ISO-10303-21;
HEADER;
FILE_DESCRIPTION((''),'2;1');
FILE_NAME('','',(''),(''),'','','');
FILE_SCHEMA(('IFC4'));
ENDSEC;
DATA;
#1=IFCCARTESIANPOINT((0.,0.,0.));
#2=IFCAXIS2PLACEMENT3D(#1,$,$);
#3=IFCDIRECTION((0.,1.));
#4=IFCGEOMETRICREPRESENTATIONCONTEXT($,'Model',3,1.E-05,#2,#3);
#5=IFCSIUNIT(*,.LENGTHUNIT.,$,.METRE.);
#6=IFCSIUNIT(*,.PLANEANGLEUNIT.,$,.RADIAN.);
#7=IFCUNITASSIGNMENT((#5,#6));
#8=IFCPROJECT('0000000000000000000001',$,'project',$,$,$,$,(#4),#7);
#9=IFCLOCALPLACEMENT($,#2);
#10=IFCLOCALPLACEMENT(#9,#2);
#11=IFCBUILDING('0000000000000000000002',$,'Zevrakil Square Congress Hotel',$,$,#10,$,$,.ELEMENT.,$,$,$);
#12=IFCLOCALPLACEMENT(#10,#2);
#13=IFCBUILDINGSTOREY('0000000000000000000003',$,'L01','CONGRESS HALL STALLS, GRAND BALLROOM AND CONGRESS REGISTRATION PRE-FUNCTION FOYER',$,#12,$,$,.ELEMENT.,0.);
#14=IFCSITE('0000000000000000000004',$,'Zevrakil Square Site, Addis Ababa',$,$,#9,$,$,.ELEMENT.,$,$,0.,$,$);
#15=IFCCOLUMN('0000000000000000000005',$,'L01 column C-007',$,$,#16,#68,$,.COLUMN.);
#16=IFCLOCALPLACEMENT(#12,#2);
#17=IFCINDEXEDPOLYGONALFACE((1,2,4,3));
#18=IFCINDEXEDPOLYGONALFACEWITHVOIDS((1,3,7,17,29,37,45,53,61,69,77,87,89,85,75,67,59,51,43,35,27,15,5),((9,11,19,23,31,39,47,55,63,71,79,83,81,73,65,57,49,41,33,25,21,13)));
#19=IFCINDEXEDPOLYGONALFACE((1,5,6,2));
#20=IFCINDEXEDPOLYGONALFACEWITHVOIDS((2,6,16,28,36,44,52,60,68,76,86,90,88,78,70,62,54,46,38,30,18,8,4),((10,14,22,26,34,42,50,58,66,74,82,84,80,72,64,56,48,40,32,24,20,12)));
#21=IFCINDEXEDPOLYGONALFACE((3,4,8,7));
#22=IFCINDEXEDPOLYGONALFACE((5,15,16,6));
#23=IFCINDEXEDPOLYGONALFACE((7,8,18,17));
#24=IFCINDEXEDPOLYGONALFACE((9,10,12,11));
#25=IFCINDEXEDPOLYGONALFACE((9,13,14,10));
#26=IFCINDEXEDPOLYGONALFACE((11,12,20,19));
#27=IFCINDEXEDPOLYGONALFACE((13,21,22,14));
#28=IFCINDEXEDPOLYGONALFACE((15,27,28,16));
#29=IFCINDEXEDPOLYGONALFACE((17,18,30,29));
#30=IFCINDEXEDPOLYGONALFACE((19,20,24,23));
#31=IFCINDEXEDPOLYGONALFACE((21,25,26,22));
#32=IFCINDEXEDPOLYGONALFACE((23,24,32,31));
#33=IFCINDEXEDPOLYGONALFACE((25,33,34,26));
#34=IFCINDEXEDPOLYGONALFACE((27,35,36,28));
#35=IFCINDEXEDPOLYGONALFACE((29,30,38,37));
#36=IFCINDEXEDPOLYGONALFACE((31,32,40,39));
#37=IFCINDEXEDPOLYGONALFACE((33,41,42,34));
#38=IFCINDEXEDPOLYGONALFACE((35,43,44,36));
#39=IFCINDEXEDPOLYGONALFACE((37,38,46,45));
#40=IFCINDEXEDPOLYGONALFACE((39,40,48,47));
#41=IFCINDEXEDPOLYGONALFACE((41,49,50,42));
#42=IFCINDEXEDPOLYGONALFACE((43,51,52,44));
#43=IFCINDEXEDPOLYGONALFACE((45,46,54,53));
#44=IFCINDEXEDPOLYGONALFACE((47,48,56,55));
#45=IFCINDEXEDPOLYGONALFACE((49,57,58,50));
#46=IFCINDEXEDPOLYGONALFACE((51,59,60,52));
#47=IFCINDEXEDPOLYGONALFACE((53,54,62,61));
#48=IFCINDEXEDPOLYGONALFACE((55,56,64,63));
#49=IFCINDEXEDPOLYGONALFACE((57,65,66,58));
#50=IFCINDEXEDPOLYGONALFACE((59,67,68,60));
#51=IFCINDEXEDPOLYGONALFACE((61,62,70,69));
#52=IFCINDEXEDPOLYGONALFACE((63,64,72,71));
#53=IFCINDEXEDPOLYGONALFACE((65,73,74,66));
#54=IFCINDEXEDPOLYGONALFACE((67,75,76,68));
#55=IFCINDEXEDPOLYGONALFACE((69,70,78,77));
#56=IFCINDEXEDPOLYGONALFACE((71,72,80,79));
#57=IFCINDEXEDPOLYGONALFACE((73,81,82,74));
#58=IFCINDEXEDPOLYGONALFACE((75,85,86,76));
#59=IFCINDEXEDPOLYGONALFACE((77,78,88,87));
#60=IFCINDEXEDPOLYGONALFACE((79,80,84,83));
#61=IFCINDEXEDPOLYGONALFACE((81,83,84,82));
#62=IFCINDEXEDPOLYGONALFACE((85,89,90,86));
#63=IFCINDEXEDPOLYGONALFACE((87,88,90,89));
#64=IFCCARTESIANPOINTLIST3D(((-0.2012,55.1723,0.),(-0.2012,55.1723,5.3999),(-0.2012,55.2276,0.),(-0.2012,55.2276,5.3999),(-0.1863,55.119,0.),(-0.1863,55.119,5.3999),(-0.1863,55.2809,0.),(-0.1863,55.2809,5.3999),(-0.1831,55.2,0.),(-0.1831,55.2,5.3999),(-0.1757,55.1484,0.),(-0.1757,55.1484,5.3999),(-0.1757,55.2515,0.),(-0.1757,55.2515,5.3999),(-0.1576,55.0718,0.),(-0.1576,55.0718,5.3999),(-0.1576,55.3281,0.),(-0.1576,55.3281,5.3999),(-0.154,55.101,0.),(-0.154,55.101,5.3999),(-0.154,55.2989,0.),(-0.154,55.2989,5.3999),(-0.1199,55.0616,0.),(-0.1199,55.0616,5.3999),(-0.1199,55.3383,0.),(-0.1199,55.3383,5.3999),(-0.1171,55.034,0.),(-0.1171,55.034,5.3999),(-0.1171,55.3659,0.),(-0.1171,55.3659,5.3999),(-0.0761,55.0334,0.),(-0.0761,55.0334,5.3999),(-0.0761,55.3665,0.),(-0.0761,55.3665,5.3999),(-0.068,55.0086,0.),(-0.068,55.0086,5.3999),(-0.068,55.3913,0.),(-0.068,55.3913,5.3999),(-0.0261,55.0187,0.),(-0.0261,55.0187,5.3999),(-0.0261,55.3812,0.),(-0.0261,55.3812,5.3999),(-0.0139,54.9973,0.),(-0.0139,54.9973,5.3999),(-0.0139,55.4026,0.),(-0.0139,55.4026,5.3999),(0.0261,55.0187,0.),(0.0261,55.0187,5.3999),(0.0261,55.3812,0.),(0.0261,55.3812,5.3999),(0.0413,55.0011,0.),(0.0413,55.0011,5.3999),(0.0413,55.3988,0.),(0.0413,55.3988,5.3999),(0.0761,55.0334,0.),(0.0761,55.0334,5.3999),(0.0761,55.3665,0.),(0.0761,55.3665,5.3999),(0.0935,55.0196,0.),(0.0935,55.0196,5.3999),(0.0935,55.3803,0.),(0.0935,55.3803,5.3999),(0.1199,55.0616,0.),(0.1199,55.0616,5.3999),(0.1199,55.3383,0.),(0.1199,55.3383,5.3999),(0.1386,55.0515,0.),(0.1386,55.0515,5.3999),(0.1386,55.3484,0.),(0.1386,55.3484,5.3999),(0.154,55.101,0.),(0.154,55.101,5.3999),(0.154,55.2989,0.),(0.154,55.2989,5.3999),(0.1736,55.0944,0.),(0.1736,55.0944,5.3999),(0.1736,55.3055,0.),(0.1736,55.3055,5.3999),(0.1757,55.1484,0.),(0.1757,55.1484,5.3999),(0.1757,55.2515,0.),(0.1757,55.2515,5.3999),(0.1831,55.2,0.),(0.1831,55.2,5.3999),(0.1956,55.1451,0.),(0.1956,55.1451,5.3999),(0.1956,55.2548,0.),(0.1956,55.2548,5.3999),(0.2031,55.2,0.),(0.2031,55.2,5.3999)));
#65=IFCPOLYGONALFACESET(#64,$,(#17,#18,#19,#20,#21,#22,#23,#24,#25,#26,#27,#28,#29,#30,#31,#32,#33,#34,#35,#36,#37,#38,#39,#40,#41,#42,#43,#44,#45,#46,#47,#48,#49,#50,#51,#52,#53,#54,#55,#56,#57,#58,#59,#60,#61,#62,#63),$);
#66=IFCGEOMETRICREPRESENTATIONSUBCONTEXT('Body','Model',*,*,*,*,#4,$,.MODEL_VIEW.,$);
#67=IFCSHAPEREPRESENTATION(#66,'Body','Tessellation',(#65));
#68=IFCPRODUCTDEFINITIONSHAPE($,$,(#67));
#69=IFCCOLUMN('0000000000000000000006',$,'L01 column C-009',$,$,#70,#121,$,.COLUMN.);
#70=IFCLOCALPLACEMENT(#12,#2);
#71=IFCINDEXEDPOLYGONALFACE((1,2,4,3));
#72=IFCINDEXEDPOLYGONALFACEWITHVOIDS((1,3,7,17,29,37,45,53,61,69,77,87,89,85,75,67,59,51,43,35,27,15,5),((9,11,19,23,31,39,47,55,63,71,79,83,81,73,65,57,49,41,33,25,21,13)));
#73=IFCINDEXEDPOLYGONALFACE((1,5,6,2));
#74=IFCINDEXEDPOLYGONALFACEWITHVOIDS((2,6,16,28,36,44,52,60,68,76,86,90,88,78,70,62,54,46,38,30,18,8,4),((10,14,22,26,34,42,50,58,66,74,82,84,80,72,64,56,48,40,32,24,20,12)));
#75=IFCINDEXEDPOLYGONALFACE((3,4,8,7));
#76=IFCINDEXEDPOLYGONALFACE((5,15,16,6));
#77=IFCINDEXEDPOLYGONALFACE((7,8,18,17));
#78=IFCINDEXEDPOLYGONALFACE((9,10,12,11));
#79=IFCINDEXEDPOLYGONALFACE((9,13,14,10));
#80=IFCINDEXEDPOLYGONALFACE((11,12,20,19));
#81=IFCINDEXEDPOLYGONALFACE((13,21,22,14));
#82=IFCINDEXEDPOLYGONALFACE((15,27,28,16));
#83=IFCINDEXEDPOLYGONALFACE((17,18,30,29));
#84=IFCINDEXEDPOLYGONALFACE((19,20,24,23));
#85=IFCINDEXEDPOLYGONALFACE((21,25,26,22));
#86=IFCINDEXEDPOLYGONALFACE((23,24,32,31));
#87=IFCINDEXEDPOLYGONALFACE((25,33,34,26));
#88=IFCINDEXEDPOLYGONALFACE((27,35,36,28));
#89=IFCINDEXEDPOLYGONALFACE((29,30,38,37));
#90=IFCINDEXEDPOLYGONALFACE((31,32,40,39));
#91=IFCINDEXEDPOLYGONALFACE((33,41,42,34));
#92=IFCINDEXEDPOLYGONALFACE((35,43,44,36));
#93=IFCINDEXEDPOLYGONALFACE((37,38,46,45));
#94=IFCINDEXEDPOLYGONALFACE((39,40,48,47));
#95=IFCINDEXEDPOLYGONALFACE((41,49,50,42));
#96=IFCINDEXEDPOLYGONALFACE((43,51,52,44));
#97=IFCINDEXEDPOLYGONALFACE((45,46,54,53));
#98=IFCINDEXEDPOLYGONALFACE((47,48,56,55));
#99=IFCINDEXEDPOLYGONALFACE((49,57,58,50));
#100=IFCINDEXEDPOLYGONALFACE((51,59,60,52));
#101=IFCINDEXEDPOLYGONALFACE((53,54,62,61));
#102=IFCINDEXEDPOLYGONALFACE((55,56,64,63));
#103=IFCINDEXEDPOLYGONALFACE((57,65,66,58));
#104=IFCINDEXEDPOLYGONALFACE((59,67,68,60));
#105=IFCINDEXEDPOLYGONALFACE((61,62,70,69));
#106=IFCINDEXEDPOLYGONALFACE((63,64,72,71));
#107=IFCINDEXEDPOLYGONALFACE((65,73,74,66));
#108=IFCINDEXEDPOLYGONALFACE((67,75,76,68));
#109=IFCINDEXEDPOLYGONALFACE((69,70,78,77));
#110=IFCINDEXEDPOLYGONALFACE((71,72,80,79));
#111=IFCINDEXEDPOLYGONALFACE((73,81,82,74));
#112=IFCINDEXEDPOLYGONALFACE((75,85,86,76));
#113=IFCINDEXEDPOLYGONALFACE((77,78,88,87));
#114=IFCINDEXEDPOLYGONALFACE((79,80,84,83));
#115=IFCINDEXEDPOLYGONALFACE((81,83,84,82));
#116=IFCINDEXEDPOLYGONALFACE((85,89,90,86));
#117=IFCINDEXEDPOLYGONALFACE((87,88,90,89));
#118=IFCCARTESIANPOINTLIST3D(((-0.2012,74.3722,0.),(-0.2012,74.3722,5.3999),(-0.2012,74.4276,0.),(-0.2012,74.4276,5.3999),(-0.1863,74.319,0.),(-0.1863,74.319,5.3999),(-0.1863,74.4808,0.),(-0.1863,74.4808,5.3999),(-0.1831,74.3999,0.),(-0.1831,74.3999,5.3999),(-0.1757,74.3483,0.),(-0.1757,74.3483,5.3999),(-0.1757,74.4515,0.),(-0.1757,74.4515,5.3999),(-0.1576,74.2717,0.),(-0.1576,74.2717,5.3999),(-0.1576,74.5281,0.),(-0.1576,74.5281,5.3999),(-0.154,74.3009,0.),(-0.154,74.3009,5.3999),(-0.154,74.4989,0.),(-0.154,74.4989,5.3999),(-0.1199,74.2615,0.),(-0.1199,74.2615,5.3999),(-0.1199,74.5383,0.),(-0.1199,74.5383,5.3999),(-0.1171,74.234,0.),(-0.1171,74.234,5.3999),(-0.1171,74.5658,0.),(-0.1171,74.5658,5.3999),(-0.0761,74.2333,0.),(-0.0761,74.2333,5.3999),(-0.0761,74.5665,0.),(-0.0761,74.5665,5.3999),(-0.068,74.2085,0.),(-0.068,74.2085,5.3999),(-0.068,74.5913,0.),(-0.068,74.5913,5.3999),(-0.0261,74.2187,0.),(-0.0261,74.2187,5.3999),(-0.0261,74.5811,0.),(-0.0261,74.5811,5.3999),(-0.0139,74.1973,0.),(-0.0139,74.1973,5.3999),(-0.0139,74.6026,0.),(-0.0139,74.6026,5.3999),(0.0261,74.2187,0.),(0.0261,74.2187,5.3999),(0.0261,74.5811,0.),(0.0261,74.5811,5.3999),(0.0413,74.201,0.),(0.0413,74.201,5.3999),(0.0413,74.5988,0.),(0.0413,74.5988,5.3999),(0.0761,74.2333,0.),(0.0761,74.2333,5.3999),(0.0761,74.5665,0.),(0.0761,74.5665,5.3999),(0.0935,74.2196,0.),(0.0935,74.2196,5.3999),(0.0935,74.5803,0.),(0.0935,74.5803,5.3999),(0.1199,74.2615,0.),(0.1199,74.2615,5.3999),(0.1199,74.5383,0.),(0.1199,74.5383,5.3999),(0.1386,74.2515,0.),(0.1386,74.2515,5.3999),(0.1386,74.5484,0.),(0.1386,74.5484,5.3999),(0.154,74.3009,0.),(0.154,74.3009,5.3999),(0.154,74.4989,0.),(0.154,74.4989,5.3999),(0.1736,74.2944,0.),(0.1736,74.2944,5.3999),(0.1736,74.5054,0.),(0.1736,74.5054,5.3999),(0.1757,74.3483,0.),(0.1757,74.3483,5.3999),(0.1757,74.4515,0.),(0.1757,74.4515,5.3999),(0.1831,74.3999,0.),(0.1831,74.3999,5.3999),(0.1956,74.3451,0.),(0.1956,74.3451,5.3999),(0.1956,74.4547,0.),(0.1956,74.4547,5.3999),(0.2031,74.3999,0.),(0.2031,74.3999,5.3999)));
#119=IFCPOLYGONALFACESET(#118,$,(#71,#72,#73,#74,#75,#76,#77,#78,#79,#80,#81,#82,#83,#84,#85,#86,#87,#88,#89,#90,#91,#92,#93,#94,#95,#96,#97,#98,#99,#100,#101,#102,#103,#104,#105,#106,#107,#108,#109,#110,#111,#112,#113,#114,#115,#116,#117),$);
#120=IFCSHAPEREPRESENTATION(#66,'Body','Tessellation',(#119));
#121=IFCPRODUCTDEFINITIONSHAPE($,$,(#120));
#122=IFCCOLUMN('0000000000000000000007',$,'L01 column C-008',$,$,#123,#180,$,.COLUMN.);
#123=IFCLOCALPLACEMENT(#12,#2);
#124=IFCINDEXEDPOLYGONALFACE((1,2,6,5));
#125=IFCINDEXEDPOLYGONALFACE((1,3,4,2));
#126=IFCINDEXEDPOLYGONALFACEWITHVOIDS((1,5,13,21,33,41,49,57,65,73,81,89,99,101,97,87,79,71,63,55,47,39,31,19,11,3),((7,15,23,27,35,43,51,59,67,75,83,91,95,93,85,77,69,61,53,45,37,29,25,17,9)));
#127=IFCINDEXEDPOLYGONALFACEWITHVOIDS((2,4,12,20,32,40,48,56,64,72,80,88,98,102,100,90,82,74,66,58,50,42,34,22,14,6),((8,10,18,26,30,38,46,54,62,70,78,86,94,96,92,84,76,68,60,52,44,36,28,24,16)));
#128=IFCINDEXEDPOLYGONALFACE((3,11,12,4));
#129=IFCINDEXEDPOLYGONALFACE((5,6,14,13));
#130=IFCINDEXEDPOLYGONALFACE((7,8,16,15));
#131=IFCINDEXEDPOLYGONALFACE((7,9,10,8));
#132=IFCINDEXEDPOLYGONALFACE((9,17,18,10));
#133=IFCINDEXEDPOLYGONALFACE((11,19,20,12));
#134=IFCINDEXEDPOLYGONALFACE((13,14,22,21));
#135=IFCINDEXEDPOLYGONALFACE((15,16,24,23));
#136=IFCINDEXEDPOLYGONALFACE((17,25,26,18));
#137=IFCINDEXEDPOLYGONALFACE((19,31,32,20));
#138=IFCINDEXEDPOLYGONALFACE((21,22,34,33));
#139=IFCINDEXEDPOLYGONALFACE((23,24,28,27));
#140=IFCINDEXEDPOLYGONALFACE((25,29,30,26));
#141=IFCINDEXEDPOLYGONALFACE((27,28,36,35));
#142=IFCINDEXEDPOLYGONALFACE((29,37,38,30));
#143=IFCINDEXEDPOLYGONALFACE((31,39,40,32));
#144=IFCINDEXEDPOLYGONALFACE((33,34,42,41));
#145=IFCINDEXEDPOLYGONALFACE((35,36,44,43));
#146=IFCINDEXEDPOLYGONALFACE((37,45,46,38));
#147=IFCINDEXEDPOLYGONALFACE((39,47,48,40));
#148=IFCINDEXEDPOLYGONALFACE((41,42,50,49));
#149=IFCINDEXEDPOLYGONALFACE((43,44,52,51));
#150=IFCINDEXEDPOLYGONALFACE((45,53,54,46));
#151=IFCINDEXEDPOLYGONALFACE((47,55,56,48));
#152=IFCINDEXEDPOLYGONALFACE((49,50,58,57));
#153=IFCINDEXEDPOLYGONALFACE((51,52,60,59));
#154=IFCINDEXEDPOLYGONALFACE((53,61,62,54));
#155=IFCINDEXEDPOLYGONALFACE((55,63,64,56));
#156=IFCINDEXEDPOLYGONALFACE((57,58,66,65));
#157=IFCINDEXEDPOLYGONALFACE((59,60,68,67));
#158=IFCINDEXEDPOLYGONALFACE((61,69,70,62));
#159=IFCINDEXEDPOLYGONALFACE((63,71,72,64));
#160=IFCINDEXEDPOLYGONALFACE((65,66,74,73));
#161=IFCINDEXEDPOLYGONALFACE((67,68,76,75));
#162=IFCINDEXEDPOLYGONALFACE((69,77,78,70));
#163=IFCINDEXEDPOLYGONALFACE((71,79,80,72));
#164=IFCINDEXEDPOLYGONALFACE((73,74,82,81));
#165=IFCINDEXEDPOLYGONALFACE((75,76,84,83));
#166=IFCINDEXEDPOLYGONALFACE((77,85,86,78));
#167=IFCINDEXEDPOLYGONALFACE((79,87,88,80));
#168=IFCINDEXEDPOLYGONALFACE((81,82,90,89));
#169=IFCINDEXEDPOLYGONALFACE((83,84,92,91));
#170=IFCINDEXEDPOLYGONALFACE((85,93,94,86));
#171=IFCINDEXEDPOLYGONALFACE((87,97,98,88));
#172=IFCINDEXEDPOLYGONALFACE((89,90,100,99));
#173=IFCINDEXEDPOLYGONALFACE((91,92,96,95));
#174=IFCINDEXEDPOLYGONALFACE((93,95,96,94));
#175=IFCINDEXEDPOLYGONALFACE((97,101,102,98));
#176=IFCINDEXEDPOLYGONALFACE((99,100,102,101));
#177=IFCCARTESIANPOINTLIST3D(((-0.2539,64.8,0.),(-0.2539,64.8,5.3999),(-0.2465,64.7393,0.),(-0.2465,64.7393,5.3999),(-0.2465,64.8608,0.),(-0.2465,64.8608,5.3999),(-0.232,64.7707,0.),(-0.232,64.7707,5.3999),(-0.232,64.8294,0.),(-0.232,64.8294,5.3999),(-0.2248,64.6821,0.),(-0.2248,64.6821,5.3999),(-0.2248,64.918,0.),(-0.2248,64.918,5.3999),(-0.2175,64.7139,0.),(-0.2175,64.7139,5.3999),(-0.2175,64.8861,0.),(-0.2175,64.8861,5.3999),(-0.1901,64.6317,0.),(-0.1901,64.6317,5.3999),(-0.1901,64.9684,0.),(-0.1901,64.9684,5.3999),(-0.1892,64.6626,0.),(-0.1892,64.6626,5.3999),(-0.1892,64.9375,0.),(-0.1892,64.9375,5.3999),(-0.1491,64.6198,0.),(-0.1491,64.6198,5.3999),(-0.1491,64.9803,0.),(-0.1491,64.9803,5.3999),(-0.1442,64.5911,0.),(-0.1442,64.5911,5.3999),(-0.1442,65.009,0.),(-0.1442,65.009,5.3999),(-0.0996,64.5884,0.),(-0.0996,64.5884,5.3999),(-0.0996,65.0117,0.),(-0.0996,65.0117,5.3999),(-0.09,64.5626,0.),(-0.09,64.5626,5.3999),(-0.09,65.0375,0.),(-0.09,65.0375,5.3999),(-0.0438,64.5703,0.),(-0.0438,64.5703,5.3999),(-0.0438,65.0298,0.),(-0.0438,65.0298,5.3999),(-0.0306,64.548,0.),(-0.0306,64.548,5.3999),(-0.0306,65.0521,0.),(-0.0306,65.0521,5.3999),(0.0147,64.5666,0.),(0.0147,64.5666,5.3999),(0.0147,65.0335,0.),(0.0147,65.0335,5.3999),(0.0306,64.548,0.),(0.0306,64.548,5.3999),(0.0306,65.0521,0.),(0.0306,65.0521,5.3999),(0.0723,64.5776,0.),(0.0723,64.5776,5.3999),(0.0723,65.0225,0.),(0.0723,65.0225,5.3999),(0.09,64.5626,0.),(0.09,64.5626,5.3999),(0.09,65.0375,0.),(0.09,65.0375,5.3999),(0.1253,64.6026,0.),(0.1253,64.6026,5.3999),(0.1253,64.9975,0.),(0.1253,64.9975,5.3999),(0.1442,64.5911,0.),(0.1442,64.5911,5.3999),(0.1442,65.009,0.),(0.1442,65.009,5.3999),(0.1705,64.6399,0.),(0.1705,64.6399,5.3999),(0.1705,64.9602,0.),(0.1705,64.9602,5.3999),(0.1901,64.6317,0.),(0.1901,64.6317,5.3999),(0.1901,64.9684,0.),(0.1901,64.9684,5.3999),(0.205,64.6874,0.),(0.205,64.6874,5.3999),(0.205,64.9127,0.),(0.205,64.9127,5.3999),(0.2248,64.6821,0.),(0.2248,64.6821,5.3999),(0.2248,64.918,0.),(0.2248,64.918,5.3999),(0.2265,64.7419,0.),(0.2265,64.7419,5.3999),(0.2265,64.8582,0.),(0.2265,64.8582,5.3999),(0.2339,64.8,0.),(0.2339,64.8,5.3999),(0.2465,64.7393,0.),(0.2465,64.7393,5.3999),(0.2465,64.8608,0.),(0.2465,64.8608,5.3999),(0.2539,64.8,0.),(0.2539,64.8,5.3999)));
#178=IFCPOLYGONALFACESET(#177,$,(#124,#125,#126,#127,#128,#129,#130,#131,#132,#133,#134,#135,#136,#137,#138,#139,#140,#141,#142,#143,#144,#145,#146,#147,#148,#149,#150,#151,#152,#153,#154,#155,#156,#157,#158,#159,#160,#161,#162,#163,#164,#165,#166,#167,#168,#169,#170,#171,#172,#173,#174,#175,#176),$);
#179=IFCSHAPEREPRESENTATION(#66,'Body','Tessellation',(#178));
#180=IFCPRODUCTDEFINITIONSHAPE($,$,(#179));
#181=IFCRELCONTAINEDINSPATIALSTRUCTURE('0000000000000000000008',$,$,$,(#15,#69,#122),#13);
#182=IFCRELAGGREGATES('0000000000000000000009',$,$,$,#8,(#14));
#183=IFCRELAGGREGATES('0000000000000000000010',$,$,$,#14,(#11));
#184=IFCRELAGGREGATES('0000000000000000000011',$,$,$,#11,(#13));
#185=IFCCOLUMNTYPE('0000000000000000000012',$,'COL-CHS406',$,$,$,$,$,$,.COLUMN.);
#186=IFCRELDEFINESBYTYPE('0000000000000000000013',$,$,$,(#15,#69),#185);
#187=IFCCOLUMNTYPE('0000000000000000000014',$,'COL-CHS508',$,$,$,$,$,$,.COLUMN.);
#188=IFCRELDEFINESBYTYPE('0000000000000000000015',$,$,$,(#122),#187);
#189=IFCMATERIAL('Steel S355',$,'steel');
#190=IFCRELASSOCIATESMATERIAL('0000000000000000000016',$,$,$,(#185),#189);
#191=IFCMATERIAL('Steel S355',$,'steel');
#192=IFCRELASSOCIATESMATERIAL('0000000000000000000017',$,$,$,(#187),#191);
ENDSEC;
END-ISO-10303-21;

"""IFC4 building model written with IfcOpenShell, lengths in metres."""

from ifc_helpers import new_model, si_unit, direction, frame, origin, origin_2d, place, context, subcontext, project, spatial, hollow_circle, extrude, material, material_profile, profile_set, type_object, element, save


model = new_model("IFC4")

# Units and contexts
model_context = context("Model", 3, precision=1e-05, world=origin(), true_north=direction((0.0, 1.0)))
body_context = subcontext(model_context, "Body", "Model", "MODEL_VIEW")
ifc_project = project(units=[si_unit("LENGTHUNIT", "METRE"), si_unit("PLANEANGLEUNIT", "RADIAN")], contexts=[model_context])

# Site, building, storey
site_placement = place(None, origin())
site = spatial("IfcSite", under=ifc_project, at=site_placement, Name="Zevrakil Square Site, Addis Ababa", CompositionType="ELEMENT", RefElevation=0.0)
building_placement = place(site_placement, origin())
building = spatial("IfcBuilding", under=site, at=building_placement, Name="Zevrakil Square Congress Hotel", CompositionType="ELEMENT")
storey_placement = place(building_placement, origin())
storey = spatial("IfcBuildingStorey", under=building, at=storey_placement, Name="L01", Description="CONGRESS HALL STALLS, GRAND BALLROOM AND CONGRESS REGISTRATION PRE-FUNCTION FOYER", CompositionType="ELEMENT", Elevation=0.0)

# Columns
ifc_material_1 = material(Name="Steel S355", Category="steel")
ifc_material_profile_1 = material_profile(ifc_material_1, hollow_circle(Radius=0.2031, WallThickness=0.02, at=origin_2d()), Name="CHS 406.4x20")
ifc_profile_set_1 = profile_set([ifc_material_profile_1], Name="Steel S355")
column_type_1 = type_object("IfcColumnType", Name="COL-CHS406", PredefinedType="COLUMN", material=ifc_profile_set_1)
for number, where, z_axis, x_axis, name in (
    (1, (0.0, 55.2, 0.0), (0.0, 0.0, 1.0), (1.0, 0.0, 0.0), "L01 column C-007"),
    (2, (0.0, 74.3999, 0.0), (0.0, 0.0, 1.0), (1.0, 0.0, 0.0), "L01 column C-009"),
):
    element("IfcColumn", number, at=place(storey_placement, frame(where, z_axis=z_axis, x_axis=x_axis)), inside=storey, type_object=column_type_1, Name=name, PredefinedType="COLUMN", context=body_context, shape_type="SweptSolid", body=[
        extrude(hollow_circle(Radius=0.2031, WallThickness=0.02, at=origin_2d()), origin(), (0.0, 0.0, 1.0), 5.3999),
    ])
ifc_material_2 = material(Name="Steel S355", Category="steel")
ifc_material_profile_2 = material_profile(ifc_material_2, hollow_circle(Radius=0.2539, WallThickness=0.02, at=origin_2d()), Name="CHS 508x20")
ifc_profile_set_2 = profile_set([ifc_material_profile_2], Name="Steel S355")
column_type_2 = type_object("IfcColumnType", Name="COL-CHS508", PredefinedType="COLUMN", material=ifc_profile_set_2)
for number, where, z_axis, x_axis, name in (
    (3, (0.0, 64.8, 0.0), (0.0, 0.0, 1.0), (1.0, 0.0, 0.0), "L01 column C-008"),
):
    element("IfcColumn", number, at=place(storey_placement, frame(where, z_axis=z_axis, x_axis=x_axis)), inside=storey, type_object=column_type_2, Name=name, PredefinedType="COLUMN", context=body_context, shape_type="SweptSolid", body=[
        extrude(hollow_circle(Radius=0.2539, WallThickness=0.02, at=origin_2d()), origin(), (0.0, 0.0, 1.0), 5.3999),
    ])

save(model, "model.ifc")
